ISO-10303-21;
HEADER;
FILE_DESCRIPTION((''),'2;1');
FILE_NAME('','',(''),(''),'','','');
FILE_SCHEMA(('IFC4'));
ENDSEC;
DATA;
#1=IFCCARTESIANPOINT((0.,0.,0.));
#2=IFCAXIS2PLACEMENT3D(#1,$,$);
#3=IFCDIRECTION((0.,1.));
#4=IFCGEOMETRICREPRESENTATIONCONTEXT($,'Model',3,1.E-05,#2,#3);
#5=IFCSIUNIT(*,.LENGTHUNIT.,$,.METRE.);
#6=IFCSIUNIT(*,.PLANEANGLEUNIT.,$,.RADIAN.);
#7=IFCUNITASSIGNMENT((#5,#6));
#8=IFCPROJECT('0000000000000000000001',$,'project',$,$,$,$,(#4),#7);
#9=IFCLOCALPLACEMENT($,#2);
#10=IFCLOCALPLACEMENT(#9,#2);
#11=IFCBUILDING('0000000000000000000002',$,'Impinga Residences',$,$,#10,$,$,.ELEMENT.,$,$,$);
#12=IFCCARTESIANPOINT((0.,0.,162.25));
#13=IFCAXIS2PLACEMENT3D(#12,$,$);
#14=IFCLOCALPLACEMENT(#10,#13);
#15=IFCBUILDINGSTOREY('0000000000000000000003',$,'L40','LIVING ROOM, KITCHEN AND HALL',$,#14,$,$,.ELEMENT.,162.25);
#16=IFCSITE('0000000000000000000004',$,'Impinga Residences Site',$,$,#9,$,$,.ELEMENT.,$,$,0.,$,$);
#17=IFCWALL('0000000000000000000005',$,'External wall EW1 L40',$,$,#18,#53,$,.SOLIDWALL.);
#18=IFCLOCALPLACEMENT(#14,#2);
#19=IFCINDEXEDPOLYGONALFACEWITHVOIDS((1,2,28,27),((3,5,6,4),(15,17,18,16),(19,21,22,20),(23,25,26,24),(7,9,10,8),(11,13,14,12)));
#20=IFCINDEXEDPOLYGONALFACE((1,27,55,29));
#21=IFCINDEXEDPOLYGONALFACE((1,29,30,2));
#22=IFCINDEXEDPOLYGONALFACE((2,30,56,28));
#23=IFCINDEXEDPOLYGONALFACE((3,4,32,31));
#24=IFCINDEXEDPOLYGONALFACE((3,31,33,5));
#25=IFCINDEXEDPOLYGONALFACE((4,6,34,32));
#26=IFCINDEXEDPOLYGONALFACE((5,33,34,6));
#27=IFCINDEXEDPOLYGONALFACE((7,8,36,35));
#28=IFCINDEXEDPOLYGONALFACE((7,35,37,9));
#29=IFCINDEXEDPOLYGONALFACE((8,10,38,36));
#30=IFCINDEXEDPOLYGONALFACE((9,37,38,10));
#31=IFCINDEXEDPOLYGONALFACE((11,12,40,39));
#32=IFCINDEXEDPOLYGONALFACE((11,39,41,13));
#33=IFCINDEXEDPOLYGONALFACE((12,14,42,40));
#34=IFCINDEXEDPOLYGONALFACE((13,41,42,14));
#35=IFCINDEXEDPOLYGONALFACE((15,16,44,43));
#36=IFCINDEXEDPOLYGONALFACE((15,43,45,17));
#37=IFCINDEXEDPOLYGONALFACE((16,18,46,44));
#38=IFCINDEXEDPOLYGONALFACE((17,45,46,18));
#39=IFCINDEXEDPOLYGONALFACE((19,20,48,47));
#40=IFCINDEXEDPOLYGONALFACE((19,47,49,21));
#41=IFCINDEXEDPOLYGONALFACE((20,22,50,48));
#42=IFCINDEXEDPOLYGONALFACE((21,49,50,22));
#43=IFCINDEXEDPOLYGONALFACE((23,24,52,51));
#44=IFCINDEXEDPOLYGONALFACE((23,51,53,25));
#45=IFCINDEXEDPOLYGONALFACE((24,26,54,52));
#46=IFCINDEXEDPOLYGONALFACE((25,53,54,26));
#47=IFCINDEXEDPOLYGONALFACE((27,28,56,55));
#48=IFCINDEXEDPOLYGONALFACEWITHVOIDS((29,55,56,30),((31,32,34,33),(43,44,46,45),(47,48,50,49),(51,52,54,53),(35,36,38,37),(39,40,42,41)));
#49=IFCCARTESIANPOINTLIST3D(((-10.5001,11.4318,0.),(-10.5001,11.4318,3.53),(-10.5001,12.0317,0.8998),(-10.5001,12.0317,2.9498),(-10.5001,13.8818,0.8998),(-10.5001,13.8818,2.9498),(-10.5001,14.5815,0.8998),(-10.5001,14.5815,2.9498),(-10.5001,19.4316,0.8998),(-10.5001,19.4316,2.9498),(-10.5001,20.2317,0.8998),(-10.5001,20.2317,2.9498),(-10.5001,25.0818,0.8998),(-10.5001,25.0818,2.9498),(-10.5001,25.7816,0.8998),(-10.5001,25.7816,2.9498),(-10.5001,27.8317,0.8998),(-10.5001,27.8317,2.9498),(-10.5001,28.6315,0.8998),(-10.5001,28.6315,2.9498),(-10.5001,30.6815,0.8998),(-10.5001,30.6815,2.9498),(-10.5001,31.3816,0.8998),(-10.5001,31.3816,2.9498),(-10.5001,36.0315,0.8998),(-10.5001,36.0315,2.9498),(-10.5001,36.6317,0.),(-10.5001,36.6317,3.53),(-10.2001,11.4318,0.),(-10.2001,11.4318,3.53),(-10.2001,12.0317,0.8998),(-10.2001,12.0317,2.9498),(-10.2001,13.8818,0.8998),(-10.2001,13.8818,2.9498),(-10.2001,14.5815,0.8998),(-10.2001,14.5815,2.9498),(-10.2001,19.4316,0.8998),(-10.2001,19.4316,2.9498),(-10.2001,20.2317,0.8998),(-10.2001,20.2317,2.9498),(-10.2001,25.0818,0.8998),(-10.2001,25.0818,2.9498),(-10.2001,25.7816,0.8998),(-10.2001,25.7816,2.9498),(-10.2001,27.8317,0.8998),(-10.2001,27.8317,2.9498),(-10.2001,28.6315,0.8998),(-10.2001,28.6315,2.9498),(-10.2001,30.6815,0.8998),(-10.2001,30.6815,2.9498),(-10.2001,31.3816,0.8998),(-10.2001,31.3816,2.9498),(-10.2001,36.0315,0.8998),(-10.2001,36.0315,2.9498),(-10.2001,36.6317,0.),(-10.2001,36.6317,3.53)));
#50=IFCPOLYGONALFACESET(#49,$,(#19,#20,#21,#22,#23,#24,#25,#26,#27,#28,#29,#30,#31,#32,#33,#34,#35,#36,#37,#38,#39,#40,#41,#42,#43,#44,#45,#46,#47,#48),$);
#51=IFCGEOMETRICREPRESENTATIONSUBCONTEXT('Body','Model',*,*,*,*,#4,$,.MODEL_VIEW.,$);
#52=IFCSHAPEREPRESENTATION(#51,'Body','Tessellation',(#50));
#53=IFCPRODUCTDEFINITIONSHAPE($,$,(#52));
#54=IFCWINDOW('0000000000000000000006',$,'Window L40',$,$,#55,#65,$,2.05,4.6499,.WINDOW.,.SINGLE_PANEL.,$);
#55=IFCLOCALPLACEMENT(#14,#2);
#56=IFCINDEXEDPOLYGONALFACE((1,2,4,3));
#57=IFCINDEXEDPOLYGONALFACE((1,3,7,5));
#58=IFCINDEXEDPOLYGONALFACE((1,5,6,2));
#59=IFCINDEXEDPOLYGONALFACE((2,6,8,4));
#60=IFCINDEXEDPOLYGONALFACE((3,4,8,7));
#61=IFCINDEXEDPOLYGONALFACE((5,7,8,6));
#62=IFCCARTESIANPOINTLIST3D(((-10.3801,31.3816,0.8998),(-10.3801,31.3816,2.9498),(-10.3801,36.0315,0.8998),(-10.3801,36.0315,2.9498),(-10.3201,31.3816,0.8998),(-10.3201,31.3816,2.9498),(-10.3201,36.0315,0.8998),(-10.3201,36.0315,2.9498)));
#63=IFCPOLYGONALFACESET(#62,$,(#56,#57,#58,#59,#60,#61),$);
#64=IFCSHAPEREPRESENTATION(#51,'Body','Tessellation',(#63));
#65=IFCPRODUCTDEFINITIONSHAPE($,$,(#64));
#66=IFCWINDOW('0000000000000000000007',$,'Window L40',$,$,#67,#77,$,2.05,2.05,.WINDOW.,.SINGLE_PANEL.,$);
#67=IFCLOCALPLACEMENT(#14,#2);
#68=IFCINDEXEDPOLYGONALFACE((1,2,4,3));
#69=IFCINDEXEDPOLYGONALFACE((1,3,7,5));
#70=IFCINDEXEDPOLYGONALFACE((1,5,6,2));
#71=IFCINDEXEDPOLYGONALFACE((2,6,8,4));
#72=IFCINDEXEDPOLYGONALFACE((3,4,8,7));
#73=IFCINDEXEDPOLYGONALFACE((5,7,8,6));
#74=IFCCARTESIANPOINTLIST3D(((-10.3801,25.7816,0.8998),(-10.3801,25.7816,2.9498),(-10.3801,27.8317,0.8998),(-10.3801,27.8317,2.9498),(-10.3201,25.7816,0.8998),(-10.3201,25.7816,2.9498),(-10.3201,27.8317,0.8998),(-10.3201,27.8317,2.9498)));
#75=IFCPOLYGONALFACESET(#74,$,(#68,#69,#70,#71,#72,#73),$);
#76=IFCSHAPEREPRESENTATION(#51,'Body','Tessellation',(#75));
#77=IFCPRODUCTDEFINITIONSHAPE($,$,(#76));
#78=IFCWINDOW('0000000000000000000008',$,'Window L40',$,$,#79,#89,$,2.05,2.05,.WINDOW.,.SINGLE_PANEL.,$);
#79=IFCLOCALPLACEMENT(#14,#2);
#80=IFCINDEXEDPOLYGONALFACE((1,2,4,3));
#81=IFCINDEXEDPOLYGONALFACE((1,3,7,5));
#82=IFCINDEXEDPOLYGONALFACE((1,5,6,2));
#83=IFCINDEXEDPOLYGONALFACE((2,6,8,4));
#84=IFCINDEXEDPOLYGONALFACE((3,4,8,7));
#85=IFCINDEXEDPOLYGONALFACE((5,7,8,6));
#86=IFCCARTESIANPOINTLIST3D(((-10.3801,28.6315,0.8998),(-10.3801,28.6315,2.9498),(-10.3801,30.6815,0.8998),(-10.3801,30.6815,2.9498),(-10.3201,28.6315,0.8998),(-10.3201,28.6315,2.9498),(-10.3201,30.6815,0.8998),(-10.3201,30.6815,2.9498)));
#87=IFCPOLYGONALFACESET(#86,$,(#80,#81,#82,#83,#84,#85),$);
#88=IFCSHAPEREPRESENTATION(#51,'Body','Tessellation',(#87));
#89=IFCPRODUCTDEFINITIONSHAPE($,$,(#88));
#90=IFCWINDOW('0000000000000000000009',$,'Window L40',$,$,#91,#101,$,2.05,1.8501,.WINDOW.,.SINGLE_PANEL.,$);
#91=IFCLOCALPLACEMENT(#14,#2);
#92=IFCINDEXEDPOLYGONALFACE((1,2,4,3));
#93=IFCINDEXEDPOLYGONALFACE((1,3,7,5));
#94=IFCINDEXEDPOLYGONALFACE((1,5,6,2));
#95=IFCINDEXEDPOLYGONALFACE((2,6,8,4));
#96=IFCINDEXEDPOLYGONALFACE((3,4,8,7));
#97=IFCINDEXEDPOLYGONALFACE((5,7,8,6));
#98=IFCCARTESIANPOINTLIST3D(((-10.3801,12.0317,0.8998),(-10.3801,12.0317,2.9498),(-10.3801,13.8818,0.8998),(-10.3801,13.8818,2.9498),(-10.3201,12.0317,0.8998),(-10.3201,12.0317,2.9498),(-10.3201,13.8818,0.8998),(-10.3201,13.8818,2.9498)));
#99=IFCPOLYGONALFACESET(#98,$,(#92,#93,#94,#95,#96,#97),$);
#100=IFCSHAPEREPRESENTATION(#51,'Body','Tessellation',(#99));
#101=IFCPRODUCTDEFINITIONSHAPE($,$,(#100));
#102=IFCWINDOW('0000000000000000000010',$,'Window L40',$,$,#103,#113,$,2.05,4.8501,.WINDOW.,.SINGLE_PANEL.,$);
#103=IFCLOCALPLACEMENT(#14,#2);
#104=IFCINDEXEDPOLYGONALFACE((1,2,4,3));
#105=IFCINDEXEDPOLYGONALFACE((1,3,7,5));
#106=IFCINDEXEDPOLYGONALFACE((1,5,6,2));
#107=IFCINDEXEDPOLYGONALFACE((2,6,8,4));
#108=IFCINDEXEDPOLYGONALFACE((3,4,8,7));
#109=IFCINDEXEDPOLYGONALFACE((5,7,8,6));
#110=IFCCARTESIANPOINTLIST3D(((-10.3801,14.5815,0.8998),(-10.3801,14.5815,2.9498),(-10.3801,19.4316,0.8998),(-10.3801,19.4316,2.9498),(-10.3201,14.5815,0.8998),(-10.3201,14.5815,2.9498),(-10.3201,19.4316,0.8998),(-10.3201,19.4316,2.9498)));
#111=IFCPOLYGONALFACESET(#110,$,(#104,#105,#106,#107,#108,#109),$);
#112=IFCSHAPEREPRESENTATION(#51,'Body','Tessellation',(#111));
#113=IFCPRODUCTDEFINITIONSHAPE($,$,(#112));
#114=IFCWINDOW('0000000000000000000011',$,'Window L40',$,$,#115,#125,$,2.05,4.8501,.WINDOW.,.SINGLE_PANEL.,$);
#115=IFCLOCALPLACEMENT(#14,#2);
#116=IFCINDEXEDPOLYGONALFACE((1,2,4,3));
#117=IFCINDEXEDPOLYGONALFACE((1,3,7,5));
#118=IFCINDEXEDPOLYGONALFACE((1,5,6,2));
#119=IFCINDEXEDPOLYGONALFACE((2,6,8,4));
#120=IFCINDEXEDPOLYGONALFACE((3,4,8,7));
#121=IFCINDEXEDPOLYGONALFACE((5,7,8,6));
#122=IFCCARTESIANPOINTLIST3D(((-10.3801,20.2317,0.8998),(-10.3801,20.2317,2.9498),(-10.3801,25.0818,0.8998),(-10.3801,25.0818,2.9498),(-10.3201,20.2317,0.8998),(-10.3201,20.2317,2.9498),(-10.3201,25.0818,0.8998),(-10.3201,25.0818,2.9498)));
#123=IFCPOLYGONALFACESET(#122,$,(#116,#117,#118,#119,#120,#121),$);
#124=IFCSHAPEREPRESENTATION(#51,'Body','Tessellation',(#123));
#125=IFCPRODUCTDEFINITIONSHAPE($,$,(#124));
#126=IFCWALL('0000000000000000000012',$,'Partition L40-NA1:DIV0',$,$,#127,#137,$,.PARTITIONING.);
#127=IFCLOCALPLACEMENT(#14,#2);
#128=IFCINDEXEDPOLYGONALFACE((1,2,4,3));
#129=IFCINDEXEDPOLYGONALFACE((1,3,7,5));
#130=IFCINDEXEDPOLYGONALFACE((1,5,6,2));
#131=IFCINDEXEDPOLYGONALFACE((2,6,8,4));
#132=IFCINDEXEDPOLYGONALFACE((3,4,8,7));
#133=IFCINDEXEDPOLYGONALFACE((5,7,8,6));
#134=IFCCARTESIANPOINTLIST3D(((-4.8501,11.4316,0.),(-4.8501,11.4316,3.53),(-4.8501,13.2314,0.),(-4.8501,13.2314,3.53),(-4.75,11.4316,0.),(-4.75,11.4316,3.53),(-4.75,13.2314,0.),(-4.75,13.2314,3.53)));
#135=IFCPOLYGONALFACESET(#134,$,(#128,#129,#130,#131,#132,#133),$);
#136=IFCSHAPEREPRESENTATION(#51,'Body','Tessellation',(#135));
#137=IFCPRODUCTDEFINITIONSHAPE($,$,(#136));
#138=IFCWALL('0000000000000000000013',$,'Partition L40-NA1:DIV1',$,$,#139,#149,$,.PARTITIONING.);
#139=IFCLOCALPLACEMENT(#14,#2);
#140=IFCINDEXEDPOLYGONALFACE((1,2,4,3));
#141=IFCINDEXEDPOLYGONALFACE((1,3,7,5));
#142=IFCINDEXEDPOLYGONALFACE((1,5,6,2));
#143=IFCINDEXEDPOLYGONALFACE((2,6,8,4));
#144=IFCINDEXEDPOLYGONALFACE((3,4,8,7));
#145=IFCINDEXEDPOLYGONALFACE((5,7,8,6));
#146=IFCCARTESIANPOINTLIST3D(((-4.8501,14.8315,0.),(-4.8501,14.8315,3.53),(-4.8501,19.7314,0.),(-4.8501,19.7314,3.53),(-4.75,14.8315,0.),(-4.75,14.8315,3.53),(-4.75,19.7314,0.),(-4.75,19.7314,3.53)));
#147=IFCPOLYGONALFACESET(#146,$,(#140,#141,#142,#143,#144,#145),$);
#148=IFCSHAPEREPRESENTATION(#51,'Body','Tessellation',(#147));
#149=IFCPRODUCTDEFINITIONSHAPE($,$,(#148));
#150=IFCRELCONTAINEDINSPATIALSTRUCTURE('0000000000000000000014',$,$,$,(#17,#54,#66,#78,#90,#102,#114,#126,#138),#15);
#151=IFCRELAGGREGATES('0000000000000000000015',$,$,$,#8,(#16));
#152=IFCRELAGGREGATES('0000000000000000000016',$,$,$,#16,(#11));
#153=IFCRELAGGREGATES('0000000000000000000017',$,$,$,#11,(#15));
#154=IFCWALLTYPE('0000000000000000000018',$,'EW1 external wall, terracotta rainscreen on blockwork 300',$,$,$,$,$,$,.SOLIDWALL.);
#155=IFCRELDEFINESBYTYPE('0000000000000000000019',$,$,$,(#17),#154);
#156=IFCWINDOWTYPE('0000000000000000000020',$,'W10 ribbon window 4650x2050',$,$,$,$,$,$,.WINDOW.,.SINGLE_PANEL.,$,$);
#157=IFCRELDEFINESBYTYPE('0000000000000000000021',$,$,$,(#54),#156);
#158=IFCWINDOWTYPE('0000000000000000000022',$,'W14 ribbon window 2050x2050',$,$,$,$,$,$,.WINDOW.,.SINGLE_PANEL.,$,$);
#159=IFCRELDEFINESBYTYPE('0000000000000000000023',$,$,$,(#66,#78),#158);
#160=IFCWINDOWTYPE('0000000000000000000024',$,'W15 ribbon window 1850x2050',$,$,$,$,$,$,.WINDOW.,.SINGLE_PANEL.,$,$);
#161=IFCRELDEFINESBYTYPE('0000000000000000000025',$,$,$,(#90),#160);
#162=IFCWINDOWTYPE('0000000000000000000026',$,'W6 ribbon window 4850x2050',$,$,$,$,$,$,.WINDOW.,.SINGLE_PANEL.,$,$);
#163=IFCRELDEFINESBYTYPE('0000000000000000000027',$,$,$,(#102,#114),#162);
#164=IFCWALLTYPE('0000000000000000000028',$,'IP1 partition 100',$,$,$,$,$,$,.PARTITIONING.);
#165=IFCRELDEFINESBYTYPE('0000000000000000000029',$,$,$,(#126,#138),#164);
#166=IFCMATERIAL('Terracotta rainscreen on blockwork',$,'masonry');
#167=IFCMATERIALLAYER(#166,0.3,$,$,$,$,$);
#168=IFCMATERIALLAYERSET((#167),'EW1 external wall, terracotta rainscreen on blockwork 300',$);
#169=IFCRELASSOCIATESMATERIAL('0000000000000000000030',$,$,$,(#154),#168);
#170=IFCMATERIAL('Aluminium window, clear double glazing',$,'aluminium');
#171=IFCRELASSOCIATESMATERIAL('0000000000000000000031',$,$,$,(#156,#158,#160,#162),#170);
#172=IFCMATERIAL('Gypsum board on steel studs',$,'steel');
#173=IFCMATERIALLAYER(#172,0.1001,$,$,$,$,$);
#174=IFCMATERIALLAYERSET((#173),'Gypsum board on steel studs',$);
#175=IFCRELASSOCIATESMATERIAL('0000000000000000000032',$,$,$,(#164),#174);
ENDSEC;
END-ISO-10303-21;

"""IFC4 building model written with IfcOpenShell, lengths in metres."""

from ifc_helpers import new_model, si_unit, direction, frame, frame_2d, origin, place, context, subcontext, project, spatial, rectangle, extrude, material, layer, layer_set, type_object, element, fill, save


model = new_model("IFC4")

# Units and contexts
model_context = context("Model", 3, precision=1e-05, world=origin(), true_north=direction((0.0, 1.0)))
body_context = subcontext(model_context, "Body", "Model", "MODEL_VIEW")
ifc_project = project(units=[si_unit("LENGTHUNIT", "METRE"), si_unit("PLANEANGLEUNIT", "RADIAN")], contexts=[model_context])

# Site, building, storey
site_placement = place(None, origin())
site = spatial("IfcSite", under=ifc_project, at=site_placement, Name="Impinga Residences Site", CompositionType="ELEMENT", RefElevation=0.0)
building_placement = place(site_placement, origin())
building = spatial("IfcBuilding", under=site, at=building_placement, Name="Impinga Residences", CompositionType="ELEMENT")
storey_placement = place(building_placement, frame((0.0, 0.0, 162.25)))
storey = spatial("IfcBuildingStorey", under=building, at=storey_placement, Name="L40", Description="LIVING ROOM, KITCHEN AND HALL", CompositionType="ELEMENT", Elevation=162.25)

# Shared definitions
ifc_material_1 = material(Name="Terracotta rainscreen on blockwork", Category="masonry")
ifc_layer_1 = layer(ifc_material_1, 0.3)
ifc_layer_set_1 = layer_set([ifc_layer_1], Name="EW1 external wall, terracotta rainscreen on blockwork 300")
wall_type_1 = type_object("IfcWallType", Name="EW1 external wall, terracotta rainscreen on blockwork 300", PredefinedType="SOLIDWALL", material=ifc_layer_set_1)

# Wall, openings, windows
wall_1_placement = place(storey_placement, frame((-10.3501, 11.4316, 0.0), z_axis=(0.0, 0.0, 1.0), x_axis=(0.0, 1.0, 0.0)))
wall_1 = element("IfcWall", 1, at=wall_1_placement, inside=storey, type_object=wall_type_1, Name="External wall EW1 L40", PredefinedType="SOLIDWALL", context=body_context, shape_type="SweptSolid", body=[
    extrude(rectangle(XDim=25.2, YDim=0.3, at=frame_2d((12.6001, 0.0))), origin(), (0.0, 0.0, 1.0), 3.53),
])
opening_1_placement = place(wall_1_placement, frame((0.6001, 0.0, 0.8999)))
opening_1 = element("IfcOpeningElement", 2, at=opening_1_placement, cuts=wall_1, PredefinedType="OPENING", context=body_context, shape_type="SweptSolid", body=[
    extrude(rectangle(XDim=1.8501, YDim=2.05, at=frame_2d((0.925, 1.0249))), frame((0.0, 0.1599, 0.0), z_axis=(0.0, -1.0, 0.0), x_axis=(1.0, 0.0, 0.0)), (0.0, 0.0, 1.0), 0.3201),
])
opening_2_placement = place(wall_1_placement, frame((3.1499, 0.0, 0.8999)))
opening_2 = element("IfcOpeningElement", 3, at=opening_2_placement, cuts=wall_1, PredefinedType="OPENING", context=body_context, shape_type="SweptSolid", body=[
    extrude(rectangle(XDim=4.8501, YDim=2.05, at=frame_2d((2.425, 1.0249))), frame((0.0, 0.1599, 0.0), z_axis=(0.0, -1.0, 0.0), x_axis=(1.0, 0.0, 0.0)), (0.0, 0.0, 1.0), 0.3201),
])
opening_3_placement = place(wall_1_placement, frame((8.8, 0.0, 0.8999)))
opening_3 = element("IfcOpeningElement", 4, at=opening_3_placement, cuts=wall_1, PredefinedType="OPENING", context=body_context, shape_type="SweptSolid", body=[
    extrude(rectangle(XDim=4.8501, YDim=2.05, at=frame_2d((2.425, 1.0249))), frame((0.0, 0.1599, 0.0), z_axis=(0.0, -1.0, 0.0), x_axis=(1.0, 0.0, 0.0)), (0.0, 0.0, 1.0), 0.3201),
])
opening_4_placement = place(wall_1_placement, frame((14.3501, 0.0, 0.8999)))
opening_4 = element("IfcOpeningElement", 5, at=opening_4_placement, cuts=wall_1, PredefinedType="OPENING", context=body_context, shape_type="SweptSolid", body=[
    extrude(rectangle(XDim=2.05, YDim=2.05, at=frame_2d((1.0249, 1.0249))), frame((0.0, 0.1599, 0.0), z_axis=(0.0, -1.0, 0.0), x_axis=(1.0, 0.0, 0.0)), (0.0, 0.0, 1.0), 0.3201),
])
opening_5_placement = place(wall_1_placement, frame((17.2, 0.0, 0.8999)))
opening_5 = element("IfcOpeningElement", 6, at=opening_5_placement, cuts=wall_1, PredefinedType="OPENING", context=body_context, shape_type="SweptSolid", body=[
    extrude(rectangle(XDim=2.05, YDim=2.05, at=frame_2d((1.0249, 1.0249))), frame((0.0, 0.1599, 0.0), z_axis=(0.0, -1.0, 0.0), x_axis=(1.0, 0.0, 0.0)), (0.0, 0.0, 1.0), 0.3201),
])
opening_6_placement = place(wall_1_placement, frame((19.95, 0.0, 0.8999)))
opening_6 = element("IfcOpeningElement", 7, at=opening_6_placement, cuts=wall_1, PredefinedType="OPENING", context=body_context, shape_type="SweptSolid", body=[
    extrude(rectangle(XDim=4.6499, YDim=2.05, at=frame_2d((2.325, 1.0249))), frame((0.0, 0.1599, 0.0), z_axis=(0.0, -1.0, 0.0), x_axis=(1.0, 0.0, 0.0)), (0.0, 0.0, 1.0), 0.3201),
])
ifc_material_2 = material(Name="Aluminium window, clear double glazing", Category="aluminium")
window_type_1 = type_object("IfcWindowType", Name="W10 ribbon window 4650x2050", PartitioningType="SINGLE_PANEL", PredefinedType="WINDOW", material=ifc_material_2)
window_1_placement = place(opening_6_placement, origin())
window_1 = element("IfcWindow", 8, at=window_1_placement, inside=storey, type_object=window_type_1, Name="Window L40", OverallHeight=2.05, OverallWidth=4.6499, PartitioningType="SINGLE_PANEL", PredefinedType="WINDOW", context=body_context, shape_type="SweptSolid", body=[
    extrude(rectangle(XDim=4.6499, YDim=2.05, at=frame_2d((2.325, 1.0249))), frame((0.0, 0.03, 0.0), z_axis=(0.0, -1.0, 0.0), x_axis=(1.0, 0.0, 0.0)), (0.0, 0.0, 1.0), 0.0601),
])
fill(opening_6, window_1)
window_type_2 = type_object("IfcWindowType", Name="W14 ribbon window 2050x2050", PartitioningType="SINGLE_PANEL", PredefinedType="WINDOW", material=ifc_material_2)
window_2_placement = place(opening_4_placement, origin())
window_2 = element("IfcWindow", 9, at=window_2_placement, inside=storey, type_object=window_type_2, Name="Window L40", OverallHeight=2.05, OverallWidth=2.05, PartitioningType="SINGLE_PANEL", PredefinedType="WINDOW", context=body_context, shape_type="SweptSolid", body=[
    extrude(rectangle(XDim=2.05, YDim=2.05, at=frame_2d((1.0249, 1.0249))), frame((0.0, 0.03, 0.0), z_axis=(0.0, -1.0, 0.0), x_axis=(1.0, 0.0, 0.0)), (0.0, 0.0, 1.0), 0.0601),
])
fill(opening_4, window_2)
window_3_placement = place(opening_5_placement, origin())
window_3 = element("IfcWindow", 10, at=window_3_placement, inside=storey, type_object=window_type_2, Name="Window L40", OverallHeight=2.05, OverallWidth=2.05, PartitioningType="SINGLE_PANEL", PredefinedType="WINDOW", context=body_context, shape_type="SweptSolid", body=[
    extrude(rectangle(XDim=2.05, YDim=2.05, at=frame_2d((1.0249, 1.0249))), frame((0.0, 0.03, 0.0), z_axis=(0.0, -1.0, 0.0), x_axis=(1.0, 0.0, 0.0)), (0.0, 0.0, 1.0), 0.0601),
])
fill(opening_5, window_3)
window_type_3 = type_object("IfcWindowType", Name="W15 ribbon window 1850x2050", PartitioningType="SINGLE_PANEL", PredefinedType="WINDOW", material=ifc_material_2)
window_4_placement = place(opening_1_placement, origin())
window_4 = element("IfcWindow", 11, at=window_4_placement, inside=storey, type_object=window_type_3, Name="Window L40", OverallHeight=2.05, OverallWidth=1.8501, PartitioningType="SINGLE_PANEL", PredefinedType="WINDOW", context=body_context, shape_type="SweptSolid", body=[
    extrude(rectangle(XDim=1.8501, YDim=2.05, at=frame_2d((0.925, 1.0249))), frame((0.0, 0.03, 0.0), z_axis=(0.0, -1.0, 0.0), x_axis=(1.0, 0.0, 0.0)), (0.0, 0.0, 1.0), 0.0601),
])
fill(opening_1, window_4)
window_type_4 = type_object("IfcWindowType", Name="W6 ribbon window 4850x2050", PartitioningType="SINGLE_PANEL", PredefinedType="WINDOW", material=ifc_material_2)
window_5_placement = place(opening_2_placement, origin())
window_5 = element("IfcWindow", 12, at=window_5_placement, inside=storey, type_object=window_type_4, Name="Window L40", OverallHeight=2.05, OverallWidth=4.8501, PartitioningType="SINGLE_PANEL", PredefinedType="WINDOW", context=body_context, shape_type="SweptSolid", body=[
    extrude(rectangle(XDim=4.8501, YDim=2.05, at=frame_2d((2.425, 1.0249))), frame((0.0, 0.03, 0.0), z_axis=(0.0, -1.0, 0.0), x_axis=(1.0, 0.0, 0.0)), (0.0, 0.0, 1.0), 0.0601),
])
fill(opening_2, window_5)
window_6_placement = place(opening_3_placement, origin())
window_6 = element("IfcWindow", 13, at=window_6_placement, inside=storey, type_object=window_type_4, Name="Window L40", OverallHeight=2.05, OverallWidth=4.8501, PartitioningType="SINGLE_PANEL", PredefinedType="WINDOW", context=body_context, shape_type="SweptSolid", body=[
    extrude(rectangle(XDim=4.8501, YDim=2.05, at=frame_2d((2.425, 1.0249))), frame((0.0, 0.03, 0.0), z_axis=(0.0, -1.0, 0.0), x_axis=(1.0, 0.0, 0.0)), (0.0, 0.0, 1.0), 0.0601),
])
fill(opening_3, window_6)

# Walls
ifc_material_3 = material(Name="Gypsum board on steel studs", Category="steel")
ifc_layer_2 = layer(ifc_material_3, 0.1001)
ifc_layer_set_2 = layer_set([ifc_layer_2], Name="Gypsum board on steel studs")
wall_type_2 = type_object("IfcWallType", Name="IP1 partition 100", PredefinedType="PARTITIONING", material=ifc_layer_set_2)
wall_2_placement = place(storey_placement, frame((-4.8, 11.4316, 0.0), z_axis=(0.0, 0.0, 1.0), x_axis=(0.0, 1.0, 0.0)))
element("IfcWall", 14, at=wall_2_placement, inside=storey, type_object=wall_type_2, Name="Partition L40-NA1:DIV0", PredefinedType="PARTITIONING", context=body_context, shape_type="SweptSolid", body=[
    extrude(rectangle(XDim=1.7998, YDim=0.1001, at=frame_2d((0.8999, 0.0))), origin(), (0.0, 0.0, 1.0), 3.53),
])
wall_3_placement = place(storey_placement, frame((-4.8, 14.8315, 0.0), z_axis=(0.0, 0.0, 1.0), x_axis=(0.0, 1.0, 0.0)))
element("IfcWall", 15, at=wall_3_placement, inside=storey, type_object=wall_type_2, Name="Partition L40-NA1:DIV1", PredefinedType="PARTITIONING", context=body_context, shape_type="SweptSolid", body=[
    extrude(rectangle(XDim=4.8999, YDim=0.1001, at=frame_2d((2.45, 0.0))), origin(), (0.0, 0.0, 1.0), 3.53),
])

save(model, "model.ifc")
